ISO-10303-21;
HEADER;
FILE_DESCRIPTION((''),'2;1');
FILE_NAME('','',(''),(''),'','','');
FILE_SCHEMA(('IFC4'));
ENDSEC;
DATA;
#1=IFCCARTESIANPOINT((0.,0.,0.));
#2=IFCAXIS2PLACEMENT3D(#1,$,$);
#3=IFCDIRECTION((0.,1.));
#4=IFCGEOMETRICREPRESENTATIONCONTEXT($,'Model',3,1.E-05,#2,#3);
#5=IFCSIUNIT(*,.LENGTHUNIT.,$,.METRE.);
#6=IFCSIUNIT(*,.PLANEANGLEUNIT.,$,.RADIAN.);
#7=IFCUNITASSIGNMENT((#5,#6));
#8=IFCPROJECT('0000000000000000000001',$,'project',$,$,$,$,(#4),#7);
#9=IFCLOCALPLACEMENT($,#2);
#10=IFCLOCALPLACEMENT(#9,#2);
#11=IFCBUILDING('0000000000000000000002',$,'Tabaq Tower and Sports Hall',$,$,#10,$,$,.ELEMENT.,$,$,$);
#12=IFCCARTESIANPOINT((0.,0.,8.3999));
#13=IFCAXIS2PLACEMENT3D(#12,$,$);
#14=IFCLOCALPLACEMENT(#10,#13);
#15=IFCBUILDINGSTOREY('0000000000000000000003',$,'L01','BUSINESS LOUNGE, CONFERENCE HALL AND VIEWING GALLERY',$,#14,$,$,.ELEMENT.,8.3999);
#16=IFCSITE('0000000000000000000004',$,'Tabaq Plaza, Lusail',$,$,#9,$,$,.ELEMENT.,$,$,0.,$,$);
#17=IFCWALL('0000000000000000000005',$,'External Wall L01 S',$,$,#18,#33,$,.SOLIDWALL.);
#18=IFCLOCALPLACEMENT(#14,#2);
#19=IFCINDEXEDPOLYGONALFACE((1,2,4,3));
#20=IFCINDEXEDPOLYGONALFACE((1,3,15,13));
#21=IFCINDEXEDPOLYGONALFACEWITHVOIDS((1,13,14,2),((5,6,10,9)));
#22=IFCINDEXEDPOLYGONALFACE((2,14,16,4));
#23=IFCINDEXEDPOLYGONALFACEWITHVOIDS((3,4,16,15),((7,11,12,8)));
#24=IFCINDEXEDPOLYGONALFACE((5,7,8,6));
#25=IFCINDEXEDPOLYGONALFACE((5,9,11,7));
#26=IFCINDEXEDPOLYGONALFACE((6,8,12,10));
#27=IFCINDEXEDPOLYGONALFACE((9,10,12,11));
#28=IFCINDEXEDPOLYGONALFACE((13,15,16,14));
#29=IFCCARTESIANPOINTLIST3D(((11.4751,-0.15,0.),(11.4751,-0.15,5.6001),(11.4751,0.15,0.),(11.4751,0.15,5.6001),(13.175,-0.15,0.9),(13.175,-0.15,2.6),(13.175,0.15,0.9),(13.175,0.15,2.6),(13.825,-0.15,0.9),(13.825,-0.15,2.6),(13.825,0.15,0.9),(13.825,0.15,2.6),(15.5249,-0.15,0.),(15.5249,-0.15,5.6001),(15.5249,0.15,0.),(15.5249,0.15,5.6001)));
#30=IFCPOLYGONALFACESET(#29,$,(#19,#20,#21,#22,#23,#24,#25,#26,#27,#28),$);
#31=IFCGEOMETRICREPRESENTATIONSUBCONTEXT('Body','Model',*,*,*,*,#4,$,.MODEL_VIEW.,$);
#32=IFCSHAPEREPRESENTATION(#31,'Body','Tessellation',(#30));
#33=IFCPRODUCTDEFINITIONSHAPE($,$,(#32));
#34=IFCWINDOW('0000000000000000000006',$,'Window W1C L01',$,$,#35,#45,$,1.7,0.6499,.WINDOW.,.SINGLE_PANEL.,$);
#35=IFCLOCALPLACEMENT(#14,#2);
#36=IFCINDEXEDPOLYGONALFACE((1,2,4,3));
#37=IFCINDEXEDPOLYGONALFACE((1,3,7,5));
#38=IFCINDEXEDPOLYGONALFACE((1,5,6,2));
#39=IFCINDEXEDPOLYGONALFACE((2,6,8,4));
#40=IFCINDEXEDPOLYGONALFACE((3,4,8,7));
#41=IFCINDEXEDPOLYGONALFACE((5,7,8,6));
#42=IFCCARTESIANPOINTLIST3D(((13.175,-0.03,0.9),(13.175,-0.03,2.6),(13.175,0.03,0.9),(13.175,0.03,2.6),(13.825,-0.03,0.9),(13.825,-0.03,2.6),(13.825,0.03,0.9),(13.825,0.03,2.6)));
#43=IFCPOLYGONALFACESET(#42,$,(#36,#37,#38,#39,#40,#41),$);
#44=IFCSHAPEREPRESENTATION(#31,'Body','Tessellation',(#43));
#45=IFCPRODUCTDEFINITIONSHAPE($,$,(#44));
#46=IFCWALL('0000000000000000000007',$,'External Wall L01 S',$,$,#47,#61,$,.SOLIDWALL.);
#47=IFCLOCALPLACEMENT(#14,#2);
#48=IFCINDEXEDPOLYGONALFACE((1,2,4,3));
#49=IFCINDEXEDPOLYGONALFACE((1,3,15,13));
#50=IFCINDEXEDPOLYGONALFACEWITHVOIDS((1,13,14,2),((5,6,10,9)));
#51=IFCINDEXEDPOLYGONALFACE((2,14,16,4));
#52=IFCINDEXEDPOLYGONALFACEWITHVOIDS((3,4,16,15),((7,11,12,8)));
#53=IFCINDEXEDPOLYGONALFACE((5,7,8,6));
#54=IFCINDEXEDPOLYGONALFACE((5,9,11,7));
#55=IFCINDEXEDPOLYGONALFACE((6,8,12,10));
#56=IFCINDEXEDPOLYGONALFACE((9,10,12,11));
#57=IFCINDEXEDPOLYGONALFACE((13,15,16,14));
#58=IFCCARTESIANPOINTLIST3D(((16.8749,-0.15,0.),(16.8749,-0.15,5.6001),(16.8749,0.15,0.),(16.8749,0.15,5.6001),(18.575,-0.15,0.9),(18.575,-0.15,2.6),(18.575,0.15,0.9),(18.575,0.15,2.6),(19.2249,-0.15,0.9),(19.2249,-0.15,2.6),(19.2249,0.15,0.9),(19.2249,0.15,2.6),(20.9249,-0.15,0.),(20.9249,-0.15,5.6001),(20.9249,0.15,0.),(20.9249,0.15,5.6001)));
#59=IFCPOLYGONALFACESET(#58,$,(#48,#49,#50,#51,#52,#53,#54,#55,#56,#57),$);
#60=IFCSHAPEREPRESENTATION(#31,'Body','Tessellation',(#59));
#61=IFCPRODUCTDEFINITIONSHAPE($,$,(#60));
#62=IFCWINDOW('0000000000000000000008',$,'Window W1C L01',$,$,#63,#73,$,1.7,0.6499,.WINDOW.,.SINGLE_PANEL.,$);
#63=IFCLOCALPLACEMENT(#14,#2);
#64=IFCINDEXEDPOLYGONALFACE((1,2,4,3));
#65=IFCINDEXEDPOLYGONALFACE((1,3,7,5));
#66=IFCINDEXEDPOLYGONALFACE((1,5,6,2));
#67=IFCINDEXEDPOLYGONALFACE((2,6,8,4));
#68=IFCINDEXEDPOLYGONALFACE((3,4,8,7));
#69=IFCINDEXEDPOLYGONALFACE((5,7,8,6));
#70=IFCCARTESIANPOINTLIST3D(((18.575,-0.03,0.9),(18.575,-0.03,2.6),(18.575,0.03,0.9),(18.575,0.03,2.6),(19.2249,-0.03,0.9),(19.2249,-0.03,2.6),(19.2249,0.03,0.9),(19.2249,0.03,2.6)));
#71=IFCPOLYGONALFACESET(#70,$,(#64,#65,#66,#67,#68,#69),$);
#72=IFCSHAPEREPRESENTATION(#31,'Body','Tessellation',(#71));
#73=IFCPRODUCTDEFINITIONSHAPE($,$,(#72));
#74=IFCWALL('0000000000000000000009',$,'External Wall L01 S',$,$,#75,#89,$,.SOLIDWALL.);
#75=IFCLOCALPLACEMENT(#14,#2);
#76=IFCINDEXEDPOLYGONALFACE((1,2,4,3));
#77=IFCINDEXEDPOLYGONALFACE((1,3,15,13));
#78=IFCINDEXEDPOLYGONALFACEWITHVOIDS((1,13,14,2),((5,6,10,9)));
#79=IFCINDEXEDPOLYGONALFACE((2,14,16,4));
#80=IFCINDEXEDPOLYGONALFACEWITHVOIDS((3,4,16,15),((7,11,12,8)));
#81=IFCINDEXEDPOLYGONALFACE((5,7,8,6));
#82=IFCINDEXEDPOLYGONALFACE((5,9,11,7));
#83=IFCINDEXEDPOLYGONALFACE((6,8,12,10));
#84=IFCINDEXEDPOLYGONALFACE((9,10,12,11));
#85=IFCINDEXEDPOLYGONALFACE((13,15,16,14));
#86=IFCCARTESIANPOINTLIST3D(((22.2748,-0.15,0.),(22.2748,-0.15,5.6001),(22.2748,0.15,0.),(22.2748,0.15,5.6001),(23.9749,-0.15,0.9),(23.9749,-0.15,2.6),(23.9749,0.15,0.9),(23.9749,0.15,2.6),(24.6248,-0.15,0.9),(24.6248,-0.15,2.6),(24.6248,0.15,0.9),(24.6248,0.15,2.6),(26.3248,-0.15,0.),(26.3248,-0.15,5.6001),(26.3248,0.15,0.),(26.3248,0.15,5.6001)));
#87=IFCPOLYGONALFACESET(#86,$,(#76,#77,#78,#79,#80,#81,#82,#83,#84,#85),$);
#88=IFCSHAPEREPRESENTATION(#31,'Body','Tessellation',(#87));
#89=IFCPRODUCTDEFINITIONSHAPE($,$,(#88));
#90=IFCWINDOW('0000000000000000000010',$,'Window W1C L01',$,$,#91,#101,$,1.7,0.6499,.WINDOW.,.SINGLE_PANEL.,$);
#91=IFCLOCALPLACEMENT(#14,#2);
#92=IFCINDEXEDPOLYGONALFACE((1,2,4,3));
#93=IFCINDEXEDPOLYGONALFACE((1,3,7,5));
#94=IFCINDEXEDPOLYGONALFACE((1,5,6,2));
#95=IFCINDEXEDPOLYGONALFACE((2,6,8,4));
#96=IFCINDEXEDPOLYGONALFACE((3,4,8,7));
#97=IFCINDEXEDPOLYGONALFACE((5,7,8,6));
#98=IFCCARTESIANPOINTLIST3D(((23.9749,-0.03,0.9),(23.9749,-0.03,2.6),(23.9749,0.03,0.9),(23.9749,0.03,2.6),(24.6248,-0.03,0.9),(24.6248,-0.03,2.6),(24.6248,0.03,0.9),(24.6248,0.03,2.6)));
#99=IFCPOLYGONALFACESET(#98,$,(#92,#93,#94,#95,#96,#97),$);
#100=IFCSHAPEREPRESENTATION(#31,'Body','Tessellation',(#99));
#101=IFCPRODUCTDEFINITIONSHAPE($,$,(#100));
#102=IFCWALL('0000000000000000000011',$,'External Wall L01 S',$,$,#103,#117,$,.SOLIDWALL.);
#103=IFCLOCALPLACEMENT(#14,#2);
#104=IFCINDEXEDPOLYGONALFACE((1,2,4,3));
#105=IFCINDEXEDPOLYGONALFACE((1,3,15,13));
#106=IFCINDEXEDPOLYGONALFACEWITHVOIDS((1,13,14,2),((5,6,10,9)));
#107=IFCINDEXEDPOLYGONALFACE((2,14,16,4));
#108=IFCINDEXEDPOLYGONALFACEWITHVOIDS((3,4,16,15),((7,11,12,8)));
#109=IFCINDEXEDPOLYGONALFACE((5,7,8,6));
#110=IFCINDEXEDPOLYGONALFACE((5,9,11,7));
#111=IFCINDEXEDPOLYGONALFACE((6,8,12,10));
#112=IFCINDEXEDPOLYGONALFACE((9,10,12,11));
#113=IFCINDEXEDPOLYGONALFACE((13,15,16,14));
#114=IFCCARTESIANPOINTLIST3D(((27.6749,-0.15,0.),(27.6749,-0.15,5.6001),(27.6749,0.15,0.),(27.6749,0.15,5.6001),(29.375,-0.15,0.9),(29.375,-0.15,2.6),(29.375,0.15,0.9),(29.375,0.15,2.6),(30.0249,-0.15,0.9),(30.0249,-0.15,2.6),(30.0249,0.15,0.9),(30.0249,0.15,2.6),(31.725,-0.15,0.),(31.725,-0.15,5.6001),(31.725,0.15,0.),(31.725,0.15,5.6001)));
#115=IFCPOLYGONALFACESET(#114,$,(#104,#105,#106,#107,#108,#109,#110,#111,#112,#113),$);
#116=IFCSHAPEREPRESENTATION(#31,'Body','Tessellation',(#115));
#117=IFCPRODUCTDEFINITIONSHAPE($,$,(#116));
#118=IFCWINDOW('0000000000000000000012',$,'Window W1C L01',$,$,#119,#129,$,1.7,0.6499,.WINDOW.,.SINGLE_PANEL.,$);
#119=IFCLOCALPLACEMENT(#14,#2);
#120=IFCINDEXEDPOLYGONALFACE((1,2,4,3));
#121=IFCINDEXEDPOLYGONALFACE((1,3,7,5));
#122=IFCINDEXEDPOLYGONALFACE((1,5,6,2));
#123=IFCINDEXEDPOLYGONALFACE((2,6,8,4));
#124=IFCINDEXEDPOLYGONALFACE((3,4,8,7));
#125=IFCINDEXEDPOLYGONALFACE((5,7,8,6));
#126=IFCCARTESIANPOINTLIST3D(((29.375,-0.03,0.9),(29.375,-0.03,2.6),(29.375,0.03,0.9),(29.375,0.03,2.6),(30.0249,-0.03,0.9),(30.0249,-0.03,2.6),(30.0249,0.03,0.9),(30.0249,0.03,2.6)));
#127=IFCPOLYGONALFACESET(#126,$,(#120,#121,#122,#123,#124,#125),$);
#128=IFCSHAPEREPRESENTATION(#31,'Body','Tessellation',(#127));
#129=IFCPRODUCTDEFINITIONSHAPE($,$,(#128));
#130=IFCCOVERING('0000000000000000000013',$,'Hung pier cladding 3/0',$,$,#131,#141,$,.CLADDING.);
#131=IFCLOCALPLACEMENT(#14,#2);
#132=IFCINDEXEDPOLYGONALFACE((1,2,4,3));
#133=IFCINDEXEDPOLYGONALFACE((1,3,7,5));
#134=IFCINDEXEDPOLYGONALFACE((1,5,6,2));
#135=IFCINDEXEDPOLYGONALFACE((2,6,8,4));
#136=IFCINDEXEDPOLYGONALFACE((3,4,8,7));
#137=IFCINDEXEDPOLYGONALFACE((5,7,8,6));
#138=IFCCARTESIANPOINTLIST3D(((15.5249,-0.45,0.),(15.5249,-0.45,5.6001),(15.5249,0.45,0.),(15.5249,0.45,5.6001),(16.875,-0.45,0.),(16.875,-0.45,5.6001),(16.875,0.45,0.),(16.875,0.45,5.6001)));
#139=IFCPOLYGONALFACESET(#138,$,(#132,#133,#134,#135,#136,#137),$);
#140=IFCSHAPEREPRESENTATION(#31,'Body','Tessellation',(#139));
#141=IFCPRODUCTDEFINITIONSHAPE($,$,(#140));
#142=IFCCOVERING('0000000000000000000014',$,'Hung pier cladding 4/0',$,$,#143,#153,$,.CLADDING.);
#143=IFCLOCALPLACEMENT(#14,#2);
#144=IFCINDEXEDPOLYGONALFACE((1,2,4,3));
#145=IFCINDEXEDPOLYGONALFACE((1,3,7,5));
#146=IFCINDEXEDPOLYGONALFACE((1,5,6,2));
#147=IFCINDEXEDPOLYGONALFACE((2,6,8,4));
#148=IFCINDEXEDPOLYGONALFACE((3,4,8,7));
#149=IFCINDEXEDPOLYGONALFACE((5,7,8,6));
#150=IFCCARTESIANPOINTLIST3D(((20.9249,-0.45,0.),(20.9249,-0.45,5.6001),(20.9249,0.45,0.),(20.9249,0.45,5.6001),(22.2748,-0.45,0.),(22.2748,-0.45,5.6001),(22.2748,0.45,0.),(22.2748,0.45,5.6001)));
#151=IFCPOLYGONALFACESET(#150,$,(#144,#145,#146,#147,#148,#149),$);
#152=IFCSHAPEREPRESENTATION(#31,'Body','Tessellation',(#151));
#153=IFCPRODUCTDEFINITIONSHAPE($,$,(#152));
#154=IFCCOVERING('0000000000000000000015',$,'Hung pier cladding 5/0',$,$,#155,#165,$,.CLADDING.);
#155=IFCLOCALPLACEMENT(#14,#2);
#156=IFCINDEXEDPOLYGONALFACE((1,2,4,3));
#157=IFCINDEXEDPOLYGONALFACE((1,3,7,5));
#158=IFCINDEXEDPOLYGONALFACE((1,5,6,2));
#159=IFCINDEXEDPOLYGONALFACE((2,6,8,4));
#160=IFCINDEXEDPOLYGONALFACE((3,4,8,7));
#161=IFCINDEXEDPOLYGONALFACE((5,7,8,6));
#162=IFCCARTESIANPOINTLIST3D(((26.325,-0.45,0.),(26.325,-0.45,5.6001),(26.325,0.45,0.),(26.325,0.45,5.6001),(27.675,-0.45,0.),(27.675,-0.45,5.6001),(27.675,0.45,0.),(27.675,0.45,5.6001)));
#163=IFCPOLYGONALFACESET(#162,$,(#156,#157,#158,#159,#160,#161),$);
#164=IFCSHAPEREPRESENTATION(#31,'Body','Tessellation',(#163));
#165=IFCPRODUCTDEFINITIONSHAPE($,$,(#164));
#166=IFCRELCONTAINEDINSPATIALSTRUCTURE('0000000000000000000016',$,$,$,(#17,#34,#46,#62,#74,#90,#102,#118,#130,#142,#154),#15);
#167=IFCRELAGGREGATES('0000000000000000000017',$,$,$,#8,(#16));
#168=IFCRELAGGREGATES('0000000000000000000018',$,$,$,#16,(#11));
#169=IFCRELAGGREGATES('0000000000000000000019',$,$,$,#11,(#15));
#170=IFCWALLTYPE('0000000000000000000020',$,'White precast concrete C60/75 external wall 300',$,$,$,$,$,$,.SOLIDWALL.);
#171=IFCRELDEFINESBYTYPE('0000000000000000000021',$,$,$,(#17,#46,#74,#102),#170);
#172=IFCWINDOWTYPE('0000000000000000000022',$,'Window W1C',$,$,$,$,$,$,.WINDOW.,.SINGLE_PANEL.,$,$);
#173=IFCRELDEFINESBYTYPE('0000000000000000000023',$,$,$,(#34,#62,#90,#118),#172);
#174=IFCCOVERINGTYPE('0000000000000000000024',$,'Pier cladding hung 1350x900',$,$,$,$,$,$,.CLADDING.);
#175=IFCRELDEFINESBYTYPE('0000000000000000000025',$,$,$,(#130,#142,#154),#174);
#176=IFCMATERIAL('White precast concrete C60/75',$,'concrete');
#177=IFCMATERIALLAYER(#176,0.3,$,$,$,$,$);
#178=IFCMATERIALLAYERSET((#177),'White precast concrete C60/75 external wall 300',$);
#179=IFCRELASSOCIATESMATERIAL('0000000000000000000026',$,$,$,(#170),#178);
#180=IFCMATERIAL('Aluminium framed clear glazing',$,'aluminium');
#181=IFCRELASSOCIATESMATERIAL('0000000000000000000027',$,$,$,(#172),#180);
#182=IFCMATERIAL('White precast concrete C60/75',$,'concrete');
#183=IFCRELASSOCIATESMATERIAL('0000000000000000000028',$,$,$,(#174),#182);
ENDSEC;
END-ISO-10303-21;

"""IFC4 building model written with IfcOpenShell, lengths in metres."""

from ifc_helpers import new_model, si_unit, direction, frame, frame_2d, origin, place, context, subcontext, project, spatial, rectangle, extrude, material, layer, layer_set, type_object, element, fill, save


model = new_model("IFC4")

# Units and contexts
model_context = context("Model", 3, precision=1e-05, world=origin(), true_north=direction((0.0, 1.0)))
body_context = subcontext(model_context, "Body", "Model", "MODEL_VIEW")
ifc_project = project(units=[si_unit("LENGTHUNIT", "METRE"), si_unit("PLANEANGLEUNIT", "RADIAN")], contexts=[model_context])

# Site, building, storey
site_placement = place(None, origin())
site = spatial("IfcSite", under=ifc_project, at=site_placement, Name="Tabaq Plaza, Lusail", CompositionType="ELEMENT", RefElevation=0.0)
building_placement = place(site_placement, origin())
building = spatial("IfcBuilding", under=site, at=building_placement, Name="Tabaq Tower and Sports Hall", CompositionType="ELEMENT")
storey_placement = place(building_placement, frame((0.0, 0.0, 8.3999)))
storey = spatial("IfcBuildingStorey", under=building, at=storey_placement, Name="L01", Description="BUSINESS LOUNGE, CONFERENCE HALL AND VIEWING GALLERY", CompositionType="ELEMENT", Elevation=8.3999)

# Walls, openings, windows
ifc_material_1 = material(Name="White precast concrete C60/75", Category="concrete")
ifc_layer_1 = layer(ifc_material_1, 0.3)
ifc_layer_set_1 = layer_set([ifc_layer_1], Name="White precast concrete C60/75 external wall 300")
wall_type_1 = type_object("IfcWallType", Name="White precast concrete C60/75 external wall 300", PredefinedType="SOLIDWALL", material=ifc_layer_set_1)
wall_1_placement = place(storey_placement, frame((11.4751, 0.0, 0.0), z_axis=(0.0, 0.0, 1.0), x_axis=(1.0, 0.0, 0.0)))
wall_1 = element("IfcWall", 1, at=wall_1_placement, inside=storey, type_object=wall_type_1, Name="External Wall L01 S", PredefinedType="SOLIDWALL", context=body_context, shape_type="SweptSolid", body=[
    extrude(rectangle(XDim=4.0498, YDim=0.3, at=frame_2d((2.0249, 0.0))), origin(), (0.0, 0.0, 1.0), 5.6001),
])
opening_1_placement = place(wall_1_placement, frame((1.7, 0.0, 0.8999)))
opening_1 = element("IfcOpeningElement", 2, at=opening_1_placement, cuts=wall_1, PredefinedType="OPENING", context=body_context, shape_type="SweptSolid", body=[
    extrude(rectangle(XDim=0.6499, YDim=1.7, at=frame_2d((0.325, 0.8501))), frame((0.0, 0.1602, 0.0), z_axis=(0.0, -1.0, 0.0), x_axis=(1.0, 0.0, 0.0)), (0.0, 0.0, 1.0), 0.3201),
])
ifc_material_2 = material(Name="Aluminium framed clear glazing", Category="aluminium")
window_type = type_object("IfcWindowType", Name="Window W1C", PartitioningType="SINGLE_PANEL", PredefinedType="WINDOW", material=ifc_material_2)
window_1_placement = place(opening_1_placement, origin())
window_1 = element("IfcWindow", 3, at=window_1_placement, inside=storey, type_object=window_type, Name="Window W1C L01", OverallHeight=1.7, OverallWidth=0.6499, PartitioningType="SINGLE_PANEL", PredefinedType="WINDOW", context=body_context, shape_type="SweptSolid", body=[
    extrude(rectangle(XDim=0.6499, YDim=1.7, at=frame_2d((0.325, 0.8501))), frame((0.0, 0.03, 0.0), z_axis=(0.0, -1.0, 0.0), x_axis=(1.0, 0.0, 0.0)), (0.0, 0.0, 1.0), 0.0601),
])
fill(opening_1, window_1)
wall_2_placement = place(storey_placement, frame((16.875, 0.0, 0.0), z_axis=(0.0, 0.0, 1.0), x_axis=(1.0, 0.0, 0.0)))
wall_2 = element("IfcWall", 4, at=wall_2_placement, inside=storey, type_object=wall_type_1, Name="External Wall L01 S", PredefinedType="SOLIDWALL", context=body_context, shape_type="SweptSolid", body=[
    extrude(rectangle(XDim=4.05, YDim=0.3, at=frame_2d((2.0249, 0.0))), origin(), (0.0, 0.0, 1.0), 5.6001),
])
opening_2_placement = place(wall_2_placement, frame((1.7, 0.0, 0.8999)))
opening_2 = element("IfcOpeningElement", 5, at=opening_2_placement, cuts=wall_2, PredefinedType="OPENING", context=body_context, shape_type="SweptSolid", body=[
    extrude(rectangle(XDim=0.6499, YDim=1.7, at=frame_2d((0.325, 0.8501))), frame((0.0, 0.1602, 0.0), z_axis=(0.0, -1.0, 0.0), x_axis=(1.0, 0.0, 0.0)), (0.0, 0.0, 1.0), 0.3201),
])
window_2_placement = place(opening_2_placement, origin())
window_2 = element("IfcWindow", 6, at=window_2_placement, inside=storey, type_object=window_type, Name="Window W1C L01", OverallHeight=1.7, OverallWidth=0.6499, PartitioningType="SINGLE_PANEL", PredefinedType="WINDOW", context=body_context, shape_type="SweptSolid", body=[
    extrude(rectangle(XDim=0.6499, YDim=1.7, at=frame_2d((0.325, 0.8501))), frame((0.0, 0.03, 0.0), z_axis=(0.0, -1.0, 0.0), x_axis=(1.0, 0.0, 0.0)), (0.0, 0.0, 1.0), 0.0601),
])
fill(opening_2, window_2)
wall_3_placement = place(storey_placement, frame((22.2749, 0.0, 0.0), z_axis=(0.0, 0.0, 1.0), x_axis=(1.0, 0.0, 0.0)))
wall_3 = element("IfcWall", 7, at=wall_3_placement, inside=storey, type_object=wall_type_1, Name="External Wall L01 S", PredefinedType="SOLIDWALL", context=body_context, shape_type="SweptSolid", body=[
    extrude(rectangle(XDim=4.05, YDim=0.3, at=frame_2d((2.0249, 0.0))), origin(), (0.0, 0.0, 1.0), 5.6001),
])
opening_3_placement = place(wall_3_placement, frame((1.7, 0.0, 0.8999)))
opening_3 = element("IfcOpeningElement", 8, at=opening_3_placement, cuts=wall_3, PredefinedType="OPENING", context=body_context, shape_type="SweptSolid", body=[
    extrude(rectangle(XDim=0.6499, YDim=1.7, at=frame_2d((0.325, 0.8501))), frame((0.0, 0.1602, 0.0), z_axis=(0.0, -1.0, 0.0), x_axis=(1.0, 0.0, 0.0)), (0.0, 0.0, 1.0), 0.3201),
])
window_3_placement = place(opening_3_placement, origin())
window_3 = element("IfcWindow", 9, at=window_3_placement, inside=storey, type_object=window_type, Name="Window W1C L01", OverallHeight=1.7, OverallWidth=0.6499, PartitioningType="SINGLE_PANEL", PredefinedType="WINDOW", context=body_context, shape_type="SweptSolid", body=[
    extrude(rectangle(XDim=0.6499, YDim=1.7, at=frame_2d((0.325, 0.8501))), frame((0.0, 0.03, 0.0), z_axis=(0.0, -1.0, 0.0), x_axis=(1.0, 0.0, 0.0)), (0.0, 0.0, 1.0), 0.0601),
])
fill(opening_3, window_3)
wall_4_placement = place(storey_placement, frame((27.675, 0.0, 0.0), z_axis=(0.0, 0.0, 1.0), x_axis=(1.0, 0.0, 0.0)))
wall_4 = element("IfcWall", 10, at=wall_4_placement, inside=storey, type_object=wall_type_1, Name="External Wall L01 S", PredefinedType="SOLIDWALL", context=body_context, shape_type="SweptSolid", body=[
    extrude(rectangle(XDim=4.05, YDim=0.3, at=frame_2d((2.0249, 0.0))), origin(), (0.0, 0.0, 1.0), 5.6001),
])
opening_4_placement = place(wall_4_placement, frame((1.7, 0.0, 0.8999)))
opening_4 = element("IfcOpeningElement", 11, at=opening_4_placement, cuts=wall_4, PredefinedType="OPENING", context=body_context, shape_type="SweptSolid", body=[
    extrude(rectangle(XDim=0.6499, YDim=1.7, at=frame_2d((0.325, 0.8501))), frame((0.0, 0.1602, 0.0), z_axis=(0.0, -1.0, 0.0), x_axis=(1.0, 0.0, 0.0)), (0.0, 0.0, 1.0), 0.3201),
])
window_4_placement = place(opening_4_placement, origin())
window_4 = element("IfcWindow", 12, at=window_4_placement, inside=storey, type_object=window_type, Name="Window W1C L01", OverallHeight=1.7, OverallWidth=0.6499, PartitioningType="SINGLE_PANEL", PredefinedType="WINDOW", context=body_context, shape_type="SweptSolid", body=[
    extrude(rectangle(XDim=0.6499, YDim=1.7, at=frame_2d((0.325, 0.8501))), frame((0.0, 0.03, 0.0), z_axis=(0.0, -1.0, 0.0), x_axis=(1.0, 0.0, 0.0)), (0.0, 0.0, 1.0), 0.0601),
])
fill(opening_4, window_4)

# Coverings
ifc_material_3 = material(Name="White precast concrete C60/75", Category="concrete")
covering_type = type_object("IfcCoveringType", Name="Pier cladding hung 1350x900", PredefinedType="CLADDING", material=ifc_material_3)
covering_1_placement = place(storey_placement, frame((15.5249, 0.0, 0.0), z_axis=(0.0, 0.0, 1.0), x_axis=(1.0, 0.0, 0.0)))
element("IfcCovering", 13, at=covering_1_placement, inside=storey, type_object=covering_type, Name="Hung pier cladding 3/0", PredefinedType="CLADDING", context=body_context, shape_type="SweptSolid", body=[
    extrude(rectangle(XDim=1.3501, YDim=0.8999, at=frame_2d((0.675, 0.0))), origin(), (0.0, 0.0, 1.0), 5.6001),
])
covering_2_placement = place(storey_placement, frame((20.925, 0.0, 0.0), z_axis=(0.0, 0.0, 1.0), x_axis=(1.0, 0.0, 0.0)))
element("IfcCovering", 14, at=covering_2_placement, inside=storey, type_object=covering_type, Name="Hung pier cladding 4/0", PredefinedType="CLADDING", context=body_context, shape_type="SweptSolid", body=[
    extrude(rectangle(XDim=1.3499, YDim=0.8999, at=frame_2d((0.6748, 0.0))), origin(), (0.0, 0.0, 1.0), 5.6001),
])
covering_3_placement = place(storey_placement, frame((26.325, 0.0, 0.0), z_axis=(0.0, 0.0, 1.0), x_axis=(1.0, 0.0, 0.0)))
element("IfcCovering", 15, at=covering_3_placement, inside=storey, type_object=covering_type, Name="Hung pier cladding 5/0", PredefinedType="CLADDING", context=body_context, shape_type="SweptSolid", body=[
    extrude(rectangle(XDim=1.3501, YDim=0.8999, at=frame_2d((0.675, 0.0))), origin(), (0.0, 0.0, 1.0), 5.6001),
])

save(model, "model.ifc")
